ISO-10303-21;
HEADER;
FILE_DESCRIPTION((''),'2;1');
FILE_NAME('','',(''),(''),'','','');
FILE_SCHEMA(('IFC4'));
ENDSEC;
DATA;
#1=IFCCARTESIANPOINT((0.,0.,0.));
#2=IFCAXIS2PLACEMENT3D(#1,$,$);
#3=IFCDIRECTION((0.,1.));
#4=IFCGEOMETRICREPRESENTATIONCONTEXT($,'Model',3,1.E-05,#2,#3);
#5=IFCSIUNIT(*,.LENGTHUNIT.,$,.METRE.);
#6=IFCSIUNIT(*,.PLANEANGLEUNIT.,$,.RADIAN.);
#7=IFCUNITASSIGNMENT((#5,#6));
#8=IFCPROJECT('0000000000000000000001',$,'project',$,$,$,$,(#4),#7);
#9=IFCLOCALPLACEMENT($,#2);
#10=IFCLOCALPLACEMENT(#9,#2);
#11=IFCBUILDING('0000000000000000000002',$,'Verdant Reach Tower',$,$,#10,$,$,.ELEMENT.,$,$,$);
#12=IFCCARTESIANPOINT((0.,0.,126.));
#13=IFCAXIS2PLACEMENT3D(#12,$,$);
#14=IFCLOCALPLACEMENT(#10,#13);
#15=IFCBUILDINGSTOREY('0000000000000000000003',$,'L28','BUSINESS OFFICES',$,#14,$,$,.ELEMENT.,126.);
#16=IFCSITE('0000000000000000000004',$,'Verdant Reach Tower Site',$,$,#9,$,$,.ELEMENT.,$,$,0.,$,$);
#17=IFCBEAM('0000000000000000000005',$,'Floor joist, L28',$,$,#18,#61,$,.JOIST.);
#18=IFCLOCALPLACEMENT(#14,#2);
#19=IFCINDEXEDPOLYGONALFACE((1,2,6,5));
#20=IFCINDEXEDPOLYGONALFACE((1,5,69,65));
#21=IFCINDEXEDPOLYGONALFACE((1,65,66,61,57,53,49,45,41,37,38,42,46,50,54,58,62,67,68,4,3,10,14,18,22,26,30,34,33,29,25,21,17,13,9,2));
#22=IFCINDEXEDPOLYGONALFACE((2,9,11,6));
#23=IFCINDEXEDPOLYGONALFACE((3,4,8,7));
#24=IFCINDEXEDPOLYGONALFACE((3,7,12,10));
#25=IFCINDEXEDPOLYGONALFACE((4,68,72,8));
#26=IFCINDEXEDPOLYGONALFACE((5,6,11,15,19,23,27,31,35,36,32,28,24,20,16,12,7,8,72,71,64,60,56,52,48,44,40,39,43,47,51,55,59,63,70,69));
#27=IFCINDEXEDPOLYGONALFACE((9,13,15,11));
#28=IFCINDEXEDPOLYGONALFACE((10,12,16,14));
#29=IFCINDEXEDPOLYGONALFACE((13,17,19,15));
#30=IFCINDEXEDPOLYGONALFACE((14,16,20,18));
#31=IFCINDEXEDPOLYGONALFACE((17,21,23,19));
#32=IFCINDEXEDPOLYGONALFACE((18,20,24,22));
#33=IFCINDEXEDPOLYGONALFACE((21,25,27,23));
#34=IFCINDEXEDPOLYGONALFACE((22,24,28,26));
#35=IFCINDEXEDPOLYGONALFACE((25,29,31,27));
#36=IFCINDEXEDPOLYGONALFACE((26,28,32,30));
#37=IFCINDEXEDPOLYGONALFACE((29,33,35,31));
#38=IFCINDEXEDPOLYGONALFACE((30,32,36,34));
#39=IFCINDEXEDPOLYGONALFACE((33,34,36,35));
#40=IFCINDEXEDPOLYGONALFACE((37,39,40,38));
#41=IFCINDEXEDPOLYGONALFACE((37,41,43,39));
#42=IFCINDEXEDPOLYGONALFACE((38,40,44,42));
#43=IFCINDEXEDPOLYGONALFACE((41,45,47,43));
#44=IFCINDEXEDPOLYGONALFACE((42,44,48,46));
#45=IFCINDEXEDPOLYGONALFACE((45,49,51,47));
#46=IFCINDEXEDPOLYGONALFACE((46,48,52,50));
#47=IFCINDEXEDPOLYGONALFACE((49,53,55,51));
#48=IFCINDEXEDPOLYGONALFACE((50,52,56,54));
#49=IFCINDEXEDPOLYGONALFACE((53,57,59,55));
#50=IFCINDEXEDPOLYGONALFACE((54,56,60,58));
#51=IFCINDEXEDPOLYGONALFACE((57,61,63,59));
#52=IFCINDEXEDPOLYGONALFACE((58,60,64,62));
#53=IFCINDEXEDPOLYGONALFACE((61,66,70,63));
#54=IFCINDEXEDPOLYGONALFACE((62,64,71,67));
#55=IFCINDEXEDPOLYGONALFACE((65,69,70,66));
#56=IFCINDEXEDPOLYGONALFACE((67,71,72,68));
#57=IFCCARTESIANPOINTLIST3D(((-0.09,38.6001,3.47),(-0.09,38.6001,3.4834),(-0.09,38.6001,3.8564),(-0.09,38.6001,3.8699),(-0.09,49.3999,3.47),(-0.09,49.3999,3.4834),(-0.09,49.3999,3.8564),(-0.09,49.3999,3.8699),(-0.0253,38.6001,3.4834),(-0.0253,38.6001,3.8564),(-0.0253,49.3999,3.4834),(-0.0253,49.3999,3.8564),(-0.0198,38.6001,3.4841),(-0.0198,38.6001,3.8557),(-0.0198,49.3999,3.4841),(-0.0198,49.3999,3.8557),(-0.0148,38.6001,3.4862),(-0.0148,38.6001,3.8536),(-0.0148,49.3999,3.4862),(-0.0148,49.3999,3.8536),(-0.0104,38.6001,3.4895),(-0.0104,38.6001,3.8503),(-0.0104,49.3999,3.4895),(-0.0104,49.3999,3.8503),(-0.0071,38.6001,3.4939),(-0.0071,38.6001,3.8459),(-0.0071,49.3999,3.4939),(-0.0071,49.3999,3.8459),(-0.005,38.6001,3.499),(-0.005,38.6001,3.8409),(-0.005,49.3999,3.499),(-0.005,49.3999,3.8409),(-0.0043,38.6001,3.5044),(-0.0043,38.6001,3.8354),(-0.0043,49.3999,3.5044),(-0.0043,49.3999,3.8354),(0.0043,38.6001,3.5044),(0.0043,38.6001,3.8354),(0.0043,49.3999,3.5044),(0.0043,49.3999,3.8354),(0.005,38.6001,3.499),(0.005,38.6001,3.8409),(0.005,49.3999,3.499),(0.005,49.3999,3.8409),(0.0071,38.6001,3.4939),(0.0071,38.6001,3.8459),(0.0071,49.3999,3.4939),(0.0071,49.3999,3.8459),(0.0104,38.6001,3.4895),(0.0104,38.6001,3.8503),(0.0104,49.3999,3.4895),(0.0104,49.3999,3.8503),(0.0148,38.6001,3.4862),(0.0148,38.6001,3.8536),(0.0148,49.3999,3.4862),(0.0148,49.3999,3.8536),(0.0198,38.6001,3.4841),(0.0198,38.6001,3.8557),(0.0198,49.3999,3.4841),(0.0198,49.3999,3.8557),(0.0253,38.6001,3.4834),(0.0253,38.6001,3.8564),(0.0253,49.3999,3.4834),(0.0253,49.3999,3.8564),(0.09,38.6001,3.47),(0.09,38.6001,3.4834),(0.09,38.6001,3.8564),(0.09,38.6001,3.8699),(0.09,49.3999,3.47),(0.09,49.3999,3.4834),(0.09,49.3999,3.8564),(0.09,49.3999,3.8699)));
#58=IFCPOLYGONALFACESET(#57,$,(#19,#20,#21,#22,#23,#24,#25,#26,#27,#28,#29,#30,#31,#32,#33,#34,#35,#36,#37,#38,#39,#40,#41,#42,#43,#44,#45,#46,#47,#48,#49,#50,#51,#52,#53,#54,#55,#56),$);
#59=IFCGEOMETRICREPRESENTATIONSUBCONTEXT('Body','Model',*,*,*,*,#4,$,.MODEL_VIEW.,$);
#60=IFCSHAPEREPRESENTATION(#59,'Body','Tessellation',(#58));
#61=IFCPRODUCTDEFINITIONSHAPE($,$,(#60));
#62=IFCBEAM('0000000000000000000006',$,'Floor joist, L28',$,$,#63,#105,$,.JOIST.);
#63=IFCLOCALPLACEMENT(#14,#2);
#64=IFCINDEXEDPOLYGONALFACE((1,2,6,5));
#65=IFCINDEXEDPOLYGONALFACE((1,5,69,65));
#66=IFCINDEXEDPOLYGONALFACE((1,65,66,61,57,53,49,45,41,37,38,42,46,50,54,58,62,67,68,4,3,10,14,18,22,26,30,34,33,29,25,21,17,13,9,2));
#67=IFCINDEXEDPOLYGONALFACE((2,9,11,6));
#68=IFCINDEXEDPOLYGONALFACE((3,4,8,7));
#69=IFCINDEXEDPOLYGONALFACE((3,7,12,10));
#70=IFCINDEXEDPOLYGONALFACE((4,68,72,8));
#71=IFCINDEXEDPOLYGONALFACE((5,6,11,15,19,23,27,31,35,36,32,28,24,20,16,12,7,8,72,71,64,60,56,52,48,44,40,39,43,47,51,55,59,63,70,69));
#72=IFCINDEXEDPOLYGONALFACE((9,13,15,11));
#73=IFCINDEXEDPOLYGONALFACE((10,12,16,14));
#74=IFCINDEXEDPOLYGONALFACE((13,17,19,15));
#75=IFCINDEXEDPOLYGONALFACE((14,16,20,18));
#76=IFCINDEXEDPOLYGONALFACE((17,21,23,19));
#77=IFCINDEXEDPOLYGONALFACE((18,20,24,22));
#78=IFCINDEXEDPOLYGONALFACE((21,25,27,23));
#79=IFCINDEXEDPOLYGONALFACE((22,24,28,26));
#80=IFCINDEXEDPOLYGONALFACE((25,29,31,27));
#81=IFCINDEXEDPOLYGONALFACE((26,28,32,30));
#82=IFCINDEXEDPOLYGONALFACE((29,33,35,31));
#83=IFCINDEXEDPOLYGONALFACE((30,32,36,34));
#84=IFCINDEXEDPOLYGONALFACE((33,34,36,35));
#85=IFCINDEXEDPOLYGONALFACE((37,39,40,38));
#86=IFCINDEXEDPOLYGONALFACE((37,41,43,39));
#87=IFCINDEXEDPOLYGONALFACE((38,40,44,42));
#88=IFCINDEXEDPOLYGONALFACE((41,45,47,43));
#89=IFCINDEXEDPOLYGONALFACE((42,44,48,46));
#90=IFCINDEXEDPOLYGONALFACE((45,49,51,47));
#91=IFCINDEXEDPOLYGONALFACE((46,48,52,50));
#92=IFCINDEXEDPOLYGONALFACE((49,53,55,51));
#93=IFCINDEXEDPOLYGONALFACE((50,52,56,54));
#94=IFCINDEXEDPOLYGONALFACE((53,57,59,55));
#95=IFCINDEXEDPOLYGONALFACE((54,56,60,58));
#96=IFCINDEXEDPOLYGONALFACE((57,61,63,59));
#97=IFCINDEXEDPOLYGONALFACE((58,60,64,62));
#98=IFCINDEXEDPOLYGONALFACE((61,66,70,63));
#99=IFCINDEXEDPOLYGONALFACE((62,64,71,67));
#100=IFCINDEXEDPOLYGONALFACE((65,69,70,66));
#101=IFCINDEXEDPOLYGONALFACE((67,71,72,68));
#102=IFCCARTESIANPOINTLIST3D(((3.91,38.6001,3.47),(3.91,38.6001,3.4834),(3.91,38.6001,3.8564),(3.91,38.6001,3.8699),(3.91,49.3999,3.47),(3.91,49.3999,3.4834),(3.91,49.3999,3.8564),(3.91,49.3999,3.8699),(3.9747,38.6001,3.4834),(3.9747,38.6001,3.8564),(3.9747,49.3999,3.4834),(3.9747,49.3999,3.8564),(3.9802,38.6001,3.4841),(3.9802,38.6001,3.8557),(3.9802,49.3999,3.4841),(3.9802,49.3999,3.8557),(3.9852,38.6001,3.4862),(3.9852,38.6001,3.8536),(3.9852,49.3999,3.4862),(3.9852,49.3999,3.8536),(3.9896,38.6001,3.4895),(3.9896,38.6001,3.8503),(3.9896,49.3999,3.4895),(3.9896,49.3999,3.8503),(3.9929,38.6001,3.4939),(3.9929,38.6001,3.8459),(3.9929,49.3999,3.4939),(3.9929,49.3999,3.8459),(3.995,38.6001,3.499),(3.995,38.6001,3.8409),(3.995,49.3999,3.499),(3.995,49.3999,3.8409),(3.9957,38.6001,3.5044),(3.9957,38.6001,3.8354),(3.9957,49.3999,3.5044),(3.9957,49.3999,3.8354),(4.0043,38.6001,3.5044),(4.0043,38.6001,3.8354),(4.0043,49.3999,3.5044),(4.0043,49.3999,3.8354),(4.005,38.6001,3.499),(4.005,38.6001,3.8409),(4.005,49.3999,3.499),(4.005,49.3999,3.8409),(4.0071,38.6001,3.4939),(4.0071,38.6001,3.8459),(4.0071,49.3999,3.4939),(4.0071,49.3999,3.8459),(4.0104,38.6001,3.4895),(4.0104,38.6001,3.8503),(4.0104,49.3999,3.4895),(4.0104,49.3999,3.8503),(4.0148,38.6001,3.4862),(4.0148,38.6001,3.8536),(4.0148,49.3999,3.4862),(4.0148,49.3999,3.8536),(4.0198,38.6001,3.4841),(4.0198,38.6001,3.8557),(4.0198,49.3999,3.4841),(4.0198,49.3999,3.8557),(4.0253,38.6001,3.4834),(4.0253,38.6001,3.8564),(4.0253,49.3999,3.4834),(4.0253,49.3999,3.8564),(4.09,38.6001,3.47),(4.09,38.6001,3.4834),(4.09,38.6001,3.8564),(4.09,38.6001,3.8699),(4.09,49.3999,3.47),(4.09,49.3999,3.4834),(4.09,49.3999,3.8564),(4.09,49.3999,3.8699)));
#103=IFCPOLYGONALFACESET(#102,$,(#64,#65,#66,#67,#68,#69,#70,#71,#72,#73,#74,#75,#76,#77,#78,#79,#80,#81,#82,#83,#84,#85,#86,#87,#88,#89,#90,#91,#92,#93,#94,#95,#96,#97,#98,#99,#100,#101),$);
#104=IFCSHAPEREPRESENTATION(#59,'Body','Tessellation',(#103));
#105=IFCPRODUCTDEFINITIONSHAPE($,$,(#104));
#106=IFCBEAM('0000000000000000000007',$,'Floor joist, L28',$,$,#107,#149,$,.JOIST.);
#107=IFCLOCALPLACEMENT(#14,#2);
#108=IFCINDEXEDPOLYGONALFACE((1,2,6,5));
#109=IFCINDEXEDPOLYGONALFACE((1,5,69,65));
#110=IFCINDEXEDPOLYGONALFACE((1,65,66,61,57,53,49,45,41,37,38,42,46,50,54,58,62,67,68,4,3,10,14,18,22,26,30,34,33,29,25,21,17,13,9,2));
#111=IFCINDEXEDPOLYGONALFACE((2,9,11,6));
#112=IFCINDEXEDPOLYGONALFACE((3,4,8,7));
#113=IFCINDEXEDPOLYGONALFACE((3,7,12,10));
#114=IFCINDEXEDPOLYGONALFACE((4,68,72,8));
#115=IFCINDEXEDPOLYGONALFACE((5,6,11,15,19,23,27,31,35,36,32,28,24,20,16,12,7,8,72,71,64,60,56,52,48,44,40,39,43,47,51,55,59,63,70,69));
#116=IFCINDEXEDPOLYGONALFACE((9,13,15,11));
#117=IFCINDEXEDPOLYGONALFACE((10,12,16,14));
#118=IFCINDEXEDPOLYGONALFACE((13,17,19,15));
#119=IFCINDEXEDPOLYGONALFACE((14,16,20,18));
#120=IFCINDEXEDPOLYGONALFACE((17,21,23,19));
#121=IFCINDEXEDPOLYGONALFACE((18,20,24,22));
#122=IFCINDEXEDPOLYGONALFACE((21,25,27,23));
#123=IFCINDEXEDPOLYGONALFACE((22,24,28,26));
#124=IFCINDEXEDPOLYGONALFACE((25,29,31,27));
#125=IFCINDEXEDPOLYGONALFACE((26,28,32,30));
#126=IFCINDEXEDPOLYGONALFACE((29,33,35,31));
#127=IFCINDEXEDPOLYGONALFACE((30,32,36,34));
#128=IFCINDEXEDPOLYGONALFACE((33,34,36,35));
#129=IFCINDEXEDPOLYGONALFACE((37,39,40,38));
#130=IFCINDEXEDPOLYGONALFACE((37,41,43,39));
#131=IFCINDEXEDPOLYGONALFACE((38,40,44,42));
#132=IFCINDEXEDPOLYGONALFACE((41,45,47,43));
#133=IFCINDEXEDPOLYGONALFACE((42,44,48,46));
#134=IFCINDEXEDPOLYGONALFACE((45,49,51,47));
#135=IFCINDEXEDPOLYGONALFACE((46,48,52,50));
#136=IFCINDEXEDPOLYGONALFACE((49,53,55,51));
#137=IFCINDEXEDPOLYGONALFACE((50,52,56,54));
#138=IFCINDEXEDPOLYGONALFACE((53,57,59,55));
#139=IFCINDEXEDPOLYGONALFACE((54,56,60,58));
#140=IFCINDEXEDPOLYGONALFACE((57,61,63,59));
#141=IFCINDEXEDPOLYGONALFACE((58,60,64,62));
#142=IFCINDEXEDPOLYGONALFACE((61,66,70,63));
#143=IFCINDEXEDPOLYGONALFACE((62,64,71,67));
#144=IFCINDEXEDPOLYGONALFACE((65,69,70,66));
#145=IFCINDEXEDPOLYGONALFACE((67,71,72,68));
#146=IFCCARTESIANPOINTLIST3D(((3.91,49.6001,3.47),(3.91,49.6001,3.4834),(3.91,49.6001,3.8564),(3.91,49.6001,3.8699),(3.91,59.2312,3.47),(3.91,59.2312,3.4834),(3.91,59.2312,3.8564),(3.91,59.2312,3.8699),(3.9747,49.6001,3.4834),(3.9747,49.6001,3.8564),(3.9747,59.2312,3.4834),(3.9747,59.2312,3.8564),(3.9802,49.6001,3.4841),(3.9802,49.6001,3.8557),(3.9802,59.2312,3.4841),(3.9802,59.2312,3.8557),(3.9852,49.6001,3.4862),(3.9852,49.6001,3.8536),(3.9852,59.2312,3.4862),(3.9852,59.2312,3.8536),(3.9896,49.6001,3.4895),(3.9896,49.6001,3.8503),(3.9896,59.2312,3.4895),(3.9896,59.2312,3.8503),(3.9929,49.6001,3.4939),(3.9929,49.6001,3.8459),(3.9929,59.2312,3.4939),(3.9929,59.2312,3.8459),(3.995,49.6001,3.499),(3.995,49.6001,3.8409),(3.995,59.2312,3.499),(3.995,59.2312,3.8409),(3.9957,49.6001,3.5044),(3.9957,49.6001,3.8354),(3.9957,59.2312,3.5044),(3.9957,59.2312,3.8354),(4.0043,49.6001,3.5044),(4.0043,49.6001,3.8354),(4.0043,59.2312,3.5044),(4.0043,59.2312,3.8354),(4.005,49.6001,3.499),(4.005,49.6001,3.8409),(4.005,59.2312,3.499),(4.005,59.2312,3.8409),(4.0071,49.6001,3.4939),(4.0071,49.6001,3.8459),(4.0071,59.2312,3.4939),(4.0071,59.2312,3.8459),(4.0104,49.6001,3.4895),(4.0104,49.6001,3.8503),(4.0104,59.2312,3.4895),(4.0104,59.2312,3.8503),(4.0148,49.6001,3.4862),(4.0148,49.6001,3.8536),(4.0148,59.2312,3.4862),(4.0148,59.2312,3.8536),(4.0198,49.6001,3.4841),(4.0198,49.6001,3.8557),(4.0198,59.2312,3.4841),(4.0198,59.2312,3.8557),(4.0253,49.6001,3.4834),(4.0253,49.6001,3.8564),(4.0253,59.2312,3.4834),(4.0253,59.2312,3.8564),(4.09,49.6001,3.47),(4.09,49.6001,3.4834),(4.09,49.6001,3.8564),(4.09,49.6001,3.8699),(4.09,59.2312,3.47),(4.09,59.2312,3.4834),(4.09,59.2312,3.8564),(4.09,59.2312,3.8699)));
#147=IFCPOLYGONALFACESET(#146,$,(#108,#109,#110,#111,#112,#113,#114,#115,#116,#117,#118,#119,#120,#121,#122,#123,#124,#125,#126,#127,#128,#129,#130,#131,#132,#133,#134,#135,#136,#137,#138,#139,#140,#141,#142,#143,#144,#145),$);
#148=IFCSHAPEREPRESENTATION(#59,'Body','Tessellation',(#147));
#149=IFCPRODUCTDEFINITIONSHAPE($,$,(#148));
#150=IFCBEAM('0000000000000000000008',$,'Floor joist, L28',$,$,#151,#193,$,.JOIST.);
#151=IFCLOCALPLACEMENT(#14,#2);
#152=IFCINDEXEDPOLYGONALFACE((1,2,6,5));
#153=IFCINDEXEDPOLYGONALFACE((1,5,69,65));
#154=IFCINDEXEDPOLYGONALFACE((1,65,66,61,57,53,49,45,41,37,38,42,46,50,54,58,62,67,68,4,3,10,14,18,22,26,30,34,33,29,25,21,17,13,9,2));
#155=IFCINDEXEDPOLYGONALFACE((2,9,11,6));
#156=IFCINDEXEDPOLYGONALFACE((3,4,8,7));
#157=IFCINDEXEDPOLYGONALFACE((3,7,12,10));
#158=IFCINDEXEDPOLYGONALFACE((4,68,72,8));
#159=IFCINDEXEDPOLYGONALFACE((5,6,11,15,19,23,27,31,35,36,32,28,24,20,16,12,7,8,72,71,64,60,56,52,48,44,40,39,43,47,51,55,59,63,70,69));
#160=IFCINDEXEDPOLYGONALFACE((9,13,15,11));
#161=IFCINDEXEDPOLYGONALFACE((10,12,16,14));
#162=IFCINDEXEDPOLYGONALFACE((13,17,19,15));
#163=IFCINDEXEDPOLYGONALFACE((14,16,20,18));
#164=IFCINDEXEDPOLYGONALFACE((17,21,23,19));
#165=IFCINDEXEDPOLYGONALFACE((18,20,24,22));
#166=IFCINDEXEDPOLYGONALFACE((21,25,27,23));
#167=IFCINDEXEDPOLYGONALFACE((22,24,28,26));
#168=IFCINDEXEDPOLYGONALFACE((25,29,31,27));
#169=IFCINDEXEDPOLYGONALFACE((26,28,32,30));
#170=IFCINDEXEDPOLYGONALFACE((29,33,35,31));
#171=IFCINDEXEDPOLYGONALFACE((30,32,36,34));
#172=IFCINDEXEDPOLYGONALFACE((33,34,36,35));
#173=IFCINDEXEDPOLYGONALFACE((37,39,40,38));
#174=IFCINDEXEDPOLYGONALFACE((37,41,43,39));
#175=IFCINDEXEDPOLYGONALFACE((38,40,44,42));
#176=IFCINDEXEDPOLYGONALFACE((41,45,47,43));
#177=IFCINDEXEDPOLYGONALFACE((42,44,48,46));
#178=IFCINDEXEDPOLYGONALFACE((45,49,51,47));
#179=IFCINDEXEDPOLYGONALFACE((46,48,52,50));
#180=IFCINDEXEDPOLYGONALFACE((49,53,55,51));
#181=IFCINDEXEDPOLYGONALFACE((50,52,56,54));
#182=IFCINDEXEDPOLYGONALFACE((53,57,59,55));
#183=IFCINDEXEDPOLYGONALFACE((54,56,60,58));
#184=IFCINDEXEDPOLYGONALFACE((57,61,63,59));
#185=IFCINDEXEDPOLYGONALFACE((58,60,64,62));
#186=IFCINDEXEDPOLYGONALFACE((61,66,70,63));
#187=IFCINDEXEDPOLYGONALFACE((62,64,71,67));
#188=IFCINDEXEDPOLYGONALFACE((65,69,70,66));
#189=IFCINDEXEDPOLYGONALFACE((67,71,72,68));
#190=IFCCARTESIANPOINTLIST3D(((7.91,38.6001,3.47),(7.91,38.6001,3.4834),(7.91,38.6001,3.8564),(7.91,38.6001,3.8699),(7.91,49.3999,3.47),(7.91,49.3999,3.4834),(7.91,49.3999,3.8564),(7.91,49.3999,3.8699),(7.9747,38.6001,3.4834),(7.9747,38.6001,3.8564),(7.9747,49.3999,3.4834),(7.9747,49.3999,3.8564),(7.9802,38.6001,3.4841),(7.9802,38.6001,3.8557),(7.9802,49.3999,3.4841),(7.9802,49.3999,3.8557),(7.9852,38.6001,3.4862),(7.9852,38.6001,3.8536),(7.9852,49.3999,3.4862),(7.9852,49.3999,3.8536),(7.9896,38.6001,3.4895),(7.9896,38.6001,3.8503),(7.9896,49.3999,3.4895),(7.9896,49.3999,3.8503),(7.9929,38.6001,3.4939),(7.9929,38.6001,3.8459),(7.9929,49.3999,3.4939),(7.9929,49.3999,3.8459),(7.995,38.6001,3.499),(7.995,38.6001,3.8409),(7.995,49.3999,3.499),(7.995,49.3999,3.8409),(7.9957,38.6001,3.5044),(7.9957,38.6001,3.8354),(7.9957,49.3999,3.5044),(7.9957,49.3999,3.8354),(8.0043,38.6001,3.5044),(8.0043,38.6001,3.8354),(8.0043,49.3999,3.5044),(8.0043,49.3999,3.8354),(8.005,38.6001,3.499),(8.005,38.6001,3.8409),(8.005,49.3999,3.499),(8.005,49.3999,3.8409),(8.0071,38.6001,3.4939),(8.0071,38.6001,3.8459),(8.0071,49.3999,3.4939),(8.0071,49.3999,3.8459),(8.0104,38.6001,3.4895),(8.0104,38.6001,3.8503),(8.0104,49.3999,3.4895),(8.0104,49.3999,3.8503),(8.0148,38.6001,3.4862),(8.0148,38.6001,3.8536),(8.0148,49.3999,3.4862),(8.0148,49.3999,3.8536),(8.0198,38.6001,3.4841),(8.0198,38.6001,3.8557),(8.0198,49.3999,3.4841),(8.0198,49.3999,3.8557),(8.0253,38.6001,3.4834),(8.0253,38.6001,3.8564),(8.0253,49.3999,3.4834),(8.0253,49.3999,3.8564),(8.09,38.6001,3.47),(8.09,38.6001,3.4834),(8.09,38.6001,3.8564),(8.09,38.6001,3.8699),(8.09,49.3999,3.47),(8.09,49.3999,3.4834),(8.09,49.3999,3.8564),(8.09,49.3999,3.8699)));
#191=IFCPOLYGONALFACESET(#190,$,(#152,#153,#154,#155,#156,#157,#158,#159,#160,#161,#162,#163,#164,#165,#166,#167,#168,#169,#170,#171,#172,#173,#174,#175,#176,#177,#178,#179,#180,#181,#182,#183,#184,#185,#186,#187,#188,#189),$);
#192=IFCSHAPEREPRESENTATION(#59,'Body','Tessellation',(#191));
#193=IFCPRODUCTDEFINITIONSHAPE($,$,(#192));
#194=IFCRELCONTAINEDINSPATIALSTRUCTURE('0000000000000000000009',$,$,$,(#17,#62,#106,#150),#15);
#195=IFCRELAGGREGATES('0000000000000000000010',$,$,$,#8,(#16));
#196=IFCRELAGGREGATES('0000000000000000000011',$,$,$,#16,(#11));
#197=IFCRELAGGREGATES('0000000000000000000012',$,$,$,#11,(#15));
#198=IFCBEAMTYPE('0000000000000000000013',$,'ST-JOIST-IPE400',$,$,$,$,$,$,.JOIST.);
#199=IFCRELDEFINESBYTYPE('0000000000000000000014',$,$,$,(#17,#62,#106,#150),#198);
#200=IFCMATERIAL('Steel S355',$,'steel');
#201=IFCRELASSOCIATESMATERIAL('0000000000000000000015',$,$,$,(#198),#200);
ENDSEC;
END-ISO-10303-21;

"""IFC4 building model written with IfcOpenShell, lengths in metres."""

from ifc_helpers import new_model, si_unit, direction, frame, origin, origin_2d, place, context, subcontext, project, spatial, i_section, extrude, material, material_profile, profile_set, type_object, element, save


model = new_model("IFC4")

# Units and contexts
model_context = context("Model", 3, precision=1e-05, world=origin(), true_north=direction((0.0, 1.0)))
body_context = subcontext(model_context, "Body", "Model", "MODEL_VIEW")
ifc_project = project(units=[si_unit("LENGTHUNIT", "METRE"), si_unit("PLANEANGLEUNIT", "RADIAN")], contexts=[model_context])

# Site, building, storey
site_placement = place(None, origin())
site = spatial("IfcSite", under=ifc_project, at=site_placement, Name="Verdant Reach Tower Site", CompositionType="ELEMENT", RefElevation=0.0)
building_placement = place(site_placement, origin())
building = spatial("IfcBuilding", under=site, at=building_placement, Name="Verdant Reach Tower", CompositionType="ELEMENT")
storey_placement = place(building_placement, frame((0.0, 0.0, 126.0)))
storey = spatial("IfcBuildingStorey", under=building, at=storey_placement, Name="L28", Description="BUSINESS OFFICES", CompositionType="ELEMENT", Elevation=126.0)

# Beams
ifc_material_1 = material(Name="Steel S355", Category="steel")
ifc_material_profile_1 = material_profile(ifc_material_1, i_section(OverallWidth=0.1799, OverallDepth=0.3999, WebThickness=0.0085, FlangeThickness=0.0134, FilletRadius=0.021, at=origin_2d()), Name="IPE 400")
ifc_profile_set_1 = profile_set([ifc_material_profile_1], Name="Steel S355")
beam_type_1 = type_object("IfcBeamType", Name="ST-JOIST-IPE400", PredefinedType="JOIST", material=ifc_profile_set_1)
for number, where, z_axis, x_axis, name in (
    (1, (0.0, 38.6001, 3.6699), (0.0, 1.0, 0.0), (-1.0, 0.0, 0.0), "Floor joist, L28"),
    (2, (4.0, 38.6001, 3.6699), (0.0, 1.0, 0.0), (-1.0, 0.0, 0.0), "Floor joist, L28"),
):
    element("IfcBeam", number, at=place(storey_placement, frame(where, z_axis=z_axis, x_axis=x_axis)), inside=storey, type_object=beam_type_1, Name=name, PredefinedType="JOIST", context=body_context, shape_type="SweptSolid", body=[
        extrude(i_section(OverallWidth=0.1799, OverallDepth=0.3999, WebThickness=0.0085, FlangeThickness=0.0134, FilletRadius=0.021, at=origin_2d()), origin(), (0.0, 0.0, 1.0), 10.7998),
    ])
beam_1_placement = place(storey_placement, frame((4.0, 49.6001, 3.6699), z_axis=(0.0, 1.0, 0.0), x_axis=(-1.0, 0.0, 0.0)))
element("IfcBeam", 3, at=beam_1_placement, inside=storey, type_object=beam_type_1, Name="Floor joist, L28", PredefinedType="JOIST", context=body_context, shape_type="SweptSolid", body=[
    extrude(i_section(OverallWidth=0.1799, OverallDepth=0.3999, WebThickness=0.0085, FlangeThickness=0.0134, FilletRadius=0.021, at=origin_2d()), origin(), (0.0, 0.0, 1.0), 9.6311),
])
beam_2_placement = place(storey_placement, frame((8.0, 38.6001, 3.6699), z_axis=(0.0, 1.0, 0.0), x_axis=(-1.0, 0.0, 0.0)))
element("IfcBeam", 4, at=beam_2_placement, inside=storey, type_object=beam_type_1, Name="Floor joist, L28", PredefinedType="JOIST", context=body_context, shape_type="SweptSolid", body=[
    extrude(i_section(OverallWidth=0.1799, OverallDepth=0.3999, WebThickness=0.0085, FlangeThickness=0.0134, FilletRadius=0.021, at=origin_2d()), origin(), (0.0, 0.0, 1.0), 10.7998),
])

save(model, "model.ifc")
